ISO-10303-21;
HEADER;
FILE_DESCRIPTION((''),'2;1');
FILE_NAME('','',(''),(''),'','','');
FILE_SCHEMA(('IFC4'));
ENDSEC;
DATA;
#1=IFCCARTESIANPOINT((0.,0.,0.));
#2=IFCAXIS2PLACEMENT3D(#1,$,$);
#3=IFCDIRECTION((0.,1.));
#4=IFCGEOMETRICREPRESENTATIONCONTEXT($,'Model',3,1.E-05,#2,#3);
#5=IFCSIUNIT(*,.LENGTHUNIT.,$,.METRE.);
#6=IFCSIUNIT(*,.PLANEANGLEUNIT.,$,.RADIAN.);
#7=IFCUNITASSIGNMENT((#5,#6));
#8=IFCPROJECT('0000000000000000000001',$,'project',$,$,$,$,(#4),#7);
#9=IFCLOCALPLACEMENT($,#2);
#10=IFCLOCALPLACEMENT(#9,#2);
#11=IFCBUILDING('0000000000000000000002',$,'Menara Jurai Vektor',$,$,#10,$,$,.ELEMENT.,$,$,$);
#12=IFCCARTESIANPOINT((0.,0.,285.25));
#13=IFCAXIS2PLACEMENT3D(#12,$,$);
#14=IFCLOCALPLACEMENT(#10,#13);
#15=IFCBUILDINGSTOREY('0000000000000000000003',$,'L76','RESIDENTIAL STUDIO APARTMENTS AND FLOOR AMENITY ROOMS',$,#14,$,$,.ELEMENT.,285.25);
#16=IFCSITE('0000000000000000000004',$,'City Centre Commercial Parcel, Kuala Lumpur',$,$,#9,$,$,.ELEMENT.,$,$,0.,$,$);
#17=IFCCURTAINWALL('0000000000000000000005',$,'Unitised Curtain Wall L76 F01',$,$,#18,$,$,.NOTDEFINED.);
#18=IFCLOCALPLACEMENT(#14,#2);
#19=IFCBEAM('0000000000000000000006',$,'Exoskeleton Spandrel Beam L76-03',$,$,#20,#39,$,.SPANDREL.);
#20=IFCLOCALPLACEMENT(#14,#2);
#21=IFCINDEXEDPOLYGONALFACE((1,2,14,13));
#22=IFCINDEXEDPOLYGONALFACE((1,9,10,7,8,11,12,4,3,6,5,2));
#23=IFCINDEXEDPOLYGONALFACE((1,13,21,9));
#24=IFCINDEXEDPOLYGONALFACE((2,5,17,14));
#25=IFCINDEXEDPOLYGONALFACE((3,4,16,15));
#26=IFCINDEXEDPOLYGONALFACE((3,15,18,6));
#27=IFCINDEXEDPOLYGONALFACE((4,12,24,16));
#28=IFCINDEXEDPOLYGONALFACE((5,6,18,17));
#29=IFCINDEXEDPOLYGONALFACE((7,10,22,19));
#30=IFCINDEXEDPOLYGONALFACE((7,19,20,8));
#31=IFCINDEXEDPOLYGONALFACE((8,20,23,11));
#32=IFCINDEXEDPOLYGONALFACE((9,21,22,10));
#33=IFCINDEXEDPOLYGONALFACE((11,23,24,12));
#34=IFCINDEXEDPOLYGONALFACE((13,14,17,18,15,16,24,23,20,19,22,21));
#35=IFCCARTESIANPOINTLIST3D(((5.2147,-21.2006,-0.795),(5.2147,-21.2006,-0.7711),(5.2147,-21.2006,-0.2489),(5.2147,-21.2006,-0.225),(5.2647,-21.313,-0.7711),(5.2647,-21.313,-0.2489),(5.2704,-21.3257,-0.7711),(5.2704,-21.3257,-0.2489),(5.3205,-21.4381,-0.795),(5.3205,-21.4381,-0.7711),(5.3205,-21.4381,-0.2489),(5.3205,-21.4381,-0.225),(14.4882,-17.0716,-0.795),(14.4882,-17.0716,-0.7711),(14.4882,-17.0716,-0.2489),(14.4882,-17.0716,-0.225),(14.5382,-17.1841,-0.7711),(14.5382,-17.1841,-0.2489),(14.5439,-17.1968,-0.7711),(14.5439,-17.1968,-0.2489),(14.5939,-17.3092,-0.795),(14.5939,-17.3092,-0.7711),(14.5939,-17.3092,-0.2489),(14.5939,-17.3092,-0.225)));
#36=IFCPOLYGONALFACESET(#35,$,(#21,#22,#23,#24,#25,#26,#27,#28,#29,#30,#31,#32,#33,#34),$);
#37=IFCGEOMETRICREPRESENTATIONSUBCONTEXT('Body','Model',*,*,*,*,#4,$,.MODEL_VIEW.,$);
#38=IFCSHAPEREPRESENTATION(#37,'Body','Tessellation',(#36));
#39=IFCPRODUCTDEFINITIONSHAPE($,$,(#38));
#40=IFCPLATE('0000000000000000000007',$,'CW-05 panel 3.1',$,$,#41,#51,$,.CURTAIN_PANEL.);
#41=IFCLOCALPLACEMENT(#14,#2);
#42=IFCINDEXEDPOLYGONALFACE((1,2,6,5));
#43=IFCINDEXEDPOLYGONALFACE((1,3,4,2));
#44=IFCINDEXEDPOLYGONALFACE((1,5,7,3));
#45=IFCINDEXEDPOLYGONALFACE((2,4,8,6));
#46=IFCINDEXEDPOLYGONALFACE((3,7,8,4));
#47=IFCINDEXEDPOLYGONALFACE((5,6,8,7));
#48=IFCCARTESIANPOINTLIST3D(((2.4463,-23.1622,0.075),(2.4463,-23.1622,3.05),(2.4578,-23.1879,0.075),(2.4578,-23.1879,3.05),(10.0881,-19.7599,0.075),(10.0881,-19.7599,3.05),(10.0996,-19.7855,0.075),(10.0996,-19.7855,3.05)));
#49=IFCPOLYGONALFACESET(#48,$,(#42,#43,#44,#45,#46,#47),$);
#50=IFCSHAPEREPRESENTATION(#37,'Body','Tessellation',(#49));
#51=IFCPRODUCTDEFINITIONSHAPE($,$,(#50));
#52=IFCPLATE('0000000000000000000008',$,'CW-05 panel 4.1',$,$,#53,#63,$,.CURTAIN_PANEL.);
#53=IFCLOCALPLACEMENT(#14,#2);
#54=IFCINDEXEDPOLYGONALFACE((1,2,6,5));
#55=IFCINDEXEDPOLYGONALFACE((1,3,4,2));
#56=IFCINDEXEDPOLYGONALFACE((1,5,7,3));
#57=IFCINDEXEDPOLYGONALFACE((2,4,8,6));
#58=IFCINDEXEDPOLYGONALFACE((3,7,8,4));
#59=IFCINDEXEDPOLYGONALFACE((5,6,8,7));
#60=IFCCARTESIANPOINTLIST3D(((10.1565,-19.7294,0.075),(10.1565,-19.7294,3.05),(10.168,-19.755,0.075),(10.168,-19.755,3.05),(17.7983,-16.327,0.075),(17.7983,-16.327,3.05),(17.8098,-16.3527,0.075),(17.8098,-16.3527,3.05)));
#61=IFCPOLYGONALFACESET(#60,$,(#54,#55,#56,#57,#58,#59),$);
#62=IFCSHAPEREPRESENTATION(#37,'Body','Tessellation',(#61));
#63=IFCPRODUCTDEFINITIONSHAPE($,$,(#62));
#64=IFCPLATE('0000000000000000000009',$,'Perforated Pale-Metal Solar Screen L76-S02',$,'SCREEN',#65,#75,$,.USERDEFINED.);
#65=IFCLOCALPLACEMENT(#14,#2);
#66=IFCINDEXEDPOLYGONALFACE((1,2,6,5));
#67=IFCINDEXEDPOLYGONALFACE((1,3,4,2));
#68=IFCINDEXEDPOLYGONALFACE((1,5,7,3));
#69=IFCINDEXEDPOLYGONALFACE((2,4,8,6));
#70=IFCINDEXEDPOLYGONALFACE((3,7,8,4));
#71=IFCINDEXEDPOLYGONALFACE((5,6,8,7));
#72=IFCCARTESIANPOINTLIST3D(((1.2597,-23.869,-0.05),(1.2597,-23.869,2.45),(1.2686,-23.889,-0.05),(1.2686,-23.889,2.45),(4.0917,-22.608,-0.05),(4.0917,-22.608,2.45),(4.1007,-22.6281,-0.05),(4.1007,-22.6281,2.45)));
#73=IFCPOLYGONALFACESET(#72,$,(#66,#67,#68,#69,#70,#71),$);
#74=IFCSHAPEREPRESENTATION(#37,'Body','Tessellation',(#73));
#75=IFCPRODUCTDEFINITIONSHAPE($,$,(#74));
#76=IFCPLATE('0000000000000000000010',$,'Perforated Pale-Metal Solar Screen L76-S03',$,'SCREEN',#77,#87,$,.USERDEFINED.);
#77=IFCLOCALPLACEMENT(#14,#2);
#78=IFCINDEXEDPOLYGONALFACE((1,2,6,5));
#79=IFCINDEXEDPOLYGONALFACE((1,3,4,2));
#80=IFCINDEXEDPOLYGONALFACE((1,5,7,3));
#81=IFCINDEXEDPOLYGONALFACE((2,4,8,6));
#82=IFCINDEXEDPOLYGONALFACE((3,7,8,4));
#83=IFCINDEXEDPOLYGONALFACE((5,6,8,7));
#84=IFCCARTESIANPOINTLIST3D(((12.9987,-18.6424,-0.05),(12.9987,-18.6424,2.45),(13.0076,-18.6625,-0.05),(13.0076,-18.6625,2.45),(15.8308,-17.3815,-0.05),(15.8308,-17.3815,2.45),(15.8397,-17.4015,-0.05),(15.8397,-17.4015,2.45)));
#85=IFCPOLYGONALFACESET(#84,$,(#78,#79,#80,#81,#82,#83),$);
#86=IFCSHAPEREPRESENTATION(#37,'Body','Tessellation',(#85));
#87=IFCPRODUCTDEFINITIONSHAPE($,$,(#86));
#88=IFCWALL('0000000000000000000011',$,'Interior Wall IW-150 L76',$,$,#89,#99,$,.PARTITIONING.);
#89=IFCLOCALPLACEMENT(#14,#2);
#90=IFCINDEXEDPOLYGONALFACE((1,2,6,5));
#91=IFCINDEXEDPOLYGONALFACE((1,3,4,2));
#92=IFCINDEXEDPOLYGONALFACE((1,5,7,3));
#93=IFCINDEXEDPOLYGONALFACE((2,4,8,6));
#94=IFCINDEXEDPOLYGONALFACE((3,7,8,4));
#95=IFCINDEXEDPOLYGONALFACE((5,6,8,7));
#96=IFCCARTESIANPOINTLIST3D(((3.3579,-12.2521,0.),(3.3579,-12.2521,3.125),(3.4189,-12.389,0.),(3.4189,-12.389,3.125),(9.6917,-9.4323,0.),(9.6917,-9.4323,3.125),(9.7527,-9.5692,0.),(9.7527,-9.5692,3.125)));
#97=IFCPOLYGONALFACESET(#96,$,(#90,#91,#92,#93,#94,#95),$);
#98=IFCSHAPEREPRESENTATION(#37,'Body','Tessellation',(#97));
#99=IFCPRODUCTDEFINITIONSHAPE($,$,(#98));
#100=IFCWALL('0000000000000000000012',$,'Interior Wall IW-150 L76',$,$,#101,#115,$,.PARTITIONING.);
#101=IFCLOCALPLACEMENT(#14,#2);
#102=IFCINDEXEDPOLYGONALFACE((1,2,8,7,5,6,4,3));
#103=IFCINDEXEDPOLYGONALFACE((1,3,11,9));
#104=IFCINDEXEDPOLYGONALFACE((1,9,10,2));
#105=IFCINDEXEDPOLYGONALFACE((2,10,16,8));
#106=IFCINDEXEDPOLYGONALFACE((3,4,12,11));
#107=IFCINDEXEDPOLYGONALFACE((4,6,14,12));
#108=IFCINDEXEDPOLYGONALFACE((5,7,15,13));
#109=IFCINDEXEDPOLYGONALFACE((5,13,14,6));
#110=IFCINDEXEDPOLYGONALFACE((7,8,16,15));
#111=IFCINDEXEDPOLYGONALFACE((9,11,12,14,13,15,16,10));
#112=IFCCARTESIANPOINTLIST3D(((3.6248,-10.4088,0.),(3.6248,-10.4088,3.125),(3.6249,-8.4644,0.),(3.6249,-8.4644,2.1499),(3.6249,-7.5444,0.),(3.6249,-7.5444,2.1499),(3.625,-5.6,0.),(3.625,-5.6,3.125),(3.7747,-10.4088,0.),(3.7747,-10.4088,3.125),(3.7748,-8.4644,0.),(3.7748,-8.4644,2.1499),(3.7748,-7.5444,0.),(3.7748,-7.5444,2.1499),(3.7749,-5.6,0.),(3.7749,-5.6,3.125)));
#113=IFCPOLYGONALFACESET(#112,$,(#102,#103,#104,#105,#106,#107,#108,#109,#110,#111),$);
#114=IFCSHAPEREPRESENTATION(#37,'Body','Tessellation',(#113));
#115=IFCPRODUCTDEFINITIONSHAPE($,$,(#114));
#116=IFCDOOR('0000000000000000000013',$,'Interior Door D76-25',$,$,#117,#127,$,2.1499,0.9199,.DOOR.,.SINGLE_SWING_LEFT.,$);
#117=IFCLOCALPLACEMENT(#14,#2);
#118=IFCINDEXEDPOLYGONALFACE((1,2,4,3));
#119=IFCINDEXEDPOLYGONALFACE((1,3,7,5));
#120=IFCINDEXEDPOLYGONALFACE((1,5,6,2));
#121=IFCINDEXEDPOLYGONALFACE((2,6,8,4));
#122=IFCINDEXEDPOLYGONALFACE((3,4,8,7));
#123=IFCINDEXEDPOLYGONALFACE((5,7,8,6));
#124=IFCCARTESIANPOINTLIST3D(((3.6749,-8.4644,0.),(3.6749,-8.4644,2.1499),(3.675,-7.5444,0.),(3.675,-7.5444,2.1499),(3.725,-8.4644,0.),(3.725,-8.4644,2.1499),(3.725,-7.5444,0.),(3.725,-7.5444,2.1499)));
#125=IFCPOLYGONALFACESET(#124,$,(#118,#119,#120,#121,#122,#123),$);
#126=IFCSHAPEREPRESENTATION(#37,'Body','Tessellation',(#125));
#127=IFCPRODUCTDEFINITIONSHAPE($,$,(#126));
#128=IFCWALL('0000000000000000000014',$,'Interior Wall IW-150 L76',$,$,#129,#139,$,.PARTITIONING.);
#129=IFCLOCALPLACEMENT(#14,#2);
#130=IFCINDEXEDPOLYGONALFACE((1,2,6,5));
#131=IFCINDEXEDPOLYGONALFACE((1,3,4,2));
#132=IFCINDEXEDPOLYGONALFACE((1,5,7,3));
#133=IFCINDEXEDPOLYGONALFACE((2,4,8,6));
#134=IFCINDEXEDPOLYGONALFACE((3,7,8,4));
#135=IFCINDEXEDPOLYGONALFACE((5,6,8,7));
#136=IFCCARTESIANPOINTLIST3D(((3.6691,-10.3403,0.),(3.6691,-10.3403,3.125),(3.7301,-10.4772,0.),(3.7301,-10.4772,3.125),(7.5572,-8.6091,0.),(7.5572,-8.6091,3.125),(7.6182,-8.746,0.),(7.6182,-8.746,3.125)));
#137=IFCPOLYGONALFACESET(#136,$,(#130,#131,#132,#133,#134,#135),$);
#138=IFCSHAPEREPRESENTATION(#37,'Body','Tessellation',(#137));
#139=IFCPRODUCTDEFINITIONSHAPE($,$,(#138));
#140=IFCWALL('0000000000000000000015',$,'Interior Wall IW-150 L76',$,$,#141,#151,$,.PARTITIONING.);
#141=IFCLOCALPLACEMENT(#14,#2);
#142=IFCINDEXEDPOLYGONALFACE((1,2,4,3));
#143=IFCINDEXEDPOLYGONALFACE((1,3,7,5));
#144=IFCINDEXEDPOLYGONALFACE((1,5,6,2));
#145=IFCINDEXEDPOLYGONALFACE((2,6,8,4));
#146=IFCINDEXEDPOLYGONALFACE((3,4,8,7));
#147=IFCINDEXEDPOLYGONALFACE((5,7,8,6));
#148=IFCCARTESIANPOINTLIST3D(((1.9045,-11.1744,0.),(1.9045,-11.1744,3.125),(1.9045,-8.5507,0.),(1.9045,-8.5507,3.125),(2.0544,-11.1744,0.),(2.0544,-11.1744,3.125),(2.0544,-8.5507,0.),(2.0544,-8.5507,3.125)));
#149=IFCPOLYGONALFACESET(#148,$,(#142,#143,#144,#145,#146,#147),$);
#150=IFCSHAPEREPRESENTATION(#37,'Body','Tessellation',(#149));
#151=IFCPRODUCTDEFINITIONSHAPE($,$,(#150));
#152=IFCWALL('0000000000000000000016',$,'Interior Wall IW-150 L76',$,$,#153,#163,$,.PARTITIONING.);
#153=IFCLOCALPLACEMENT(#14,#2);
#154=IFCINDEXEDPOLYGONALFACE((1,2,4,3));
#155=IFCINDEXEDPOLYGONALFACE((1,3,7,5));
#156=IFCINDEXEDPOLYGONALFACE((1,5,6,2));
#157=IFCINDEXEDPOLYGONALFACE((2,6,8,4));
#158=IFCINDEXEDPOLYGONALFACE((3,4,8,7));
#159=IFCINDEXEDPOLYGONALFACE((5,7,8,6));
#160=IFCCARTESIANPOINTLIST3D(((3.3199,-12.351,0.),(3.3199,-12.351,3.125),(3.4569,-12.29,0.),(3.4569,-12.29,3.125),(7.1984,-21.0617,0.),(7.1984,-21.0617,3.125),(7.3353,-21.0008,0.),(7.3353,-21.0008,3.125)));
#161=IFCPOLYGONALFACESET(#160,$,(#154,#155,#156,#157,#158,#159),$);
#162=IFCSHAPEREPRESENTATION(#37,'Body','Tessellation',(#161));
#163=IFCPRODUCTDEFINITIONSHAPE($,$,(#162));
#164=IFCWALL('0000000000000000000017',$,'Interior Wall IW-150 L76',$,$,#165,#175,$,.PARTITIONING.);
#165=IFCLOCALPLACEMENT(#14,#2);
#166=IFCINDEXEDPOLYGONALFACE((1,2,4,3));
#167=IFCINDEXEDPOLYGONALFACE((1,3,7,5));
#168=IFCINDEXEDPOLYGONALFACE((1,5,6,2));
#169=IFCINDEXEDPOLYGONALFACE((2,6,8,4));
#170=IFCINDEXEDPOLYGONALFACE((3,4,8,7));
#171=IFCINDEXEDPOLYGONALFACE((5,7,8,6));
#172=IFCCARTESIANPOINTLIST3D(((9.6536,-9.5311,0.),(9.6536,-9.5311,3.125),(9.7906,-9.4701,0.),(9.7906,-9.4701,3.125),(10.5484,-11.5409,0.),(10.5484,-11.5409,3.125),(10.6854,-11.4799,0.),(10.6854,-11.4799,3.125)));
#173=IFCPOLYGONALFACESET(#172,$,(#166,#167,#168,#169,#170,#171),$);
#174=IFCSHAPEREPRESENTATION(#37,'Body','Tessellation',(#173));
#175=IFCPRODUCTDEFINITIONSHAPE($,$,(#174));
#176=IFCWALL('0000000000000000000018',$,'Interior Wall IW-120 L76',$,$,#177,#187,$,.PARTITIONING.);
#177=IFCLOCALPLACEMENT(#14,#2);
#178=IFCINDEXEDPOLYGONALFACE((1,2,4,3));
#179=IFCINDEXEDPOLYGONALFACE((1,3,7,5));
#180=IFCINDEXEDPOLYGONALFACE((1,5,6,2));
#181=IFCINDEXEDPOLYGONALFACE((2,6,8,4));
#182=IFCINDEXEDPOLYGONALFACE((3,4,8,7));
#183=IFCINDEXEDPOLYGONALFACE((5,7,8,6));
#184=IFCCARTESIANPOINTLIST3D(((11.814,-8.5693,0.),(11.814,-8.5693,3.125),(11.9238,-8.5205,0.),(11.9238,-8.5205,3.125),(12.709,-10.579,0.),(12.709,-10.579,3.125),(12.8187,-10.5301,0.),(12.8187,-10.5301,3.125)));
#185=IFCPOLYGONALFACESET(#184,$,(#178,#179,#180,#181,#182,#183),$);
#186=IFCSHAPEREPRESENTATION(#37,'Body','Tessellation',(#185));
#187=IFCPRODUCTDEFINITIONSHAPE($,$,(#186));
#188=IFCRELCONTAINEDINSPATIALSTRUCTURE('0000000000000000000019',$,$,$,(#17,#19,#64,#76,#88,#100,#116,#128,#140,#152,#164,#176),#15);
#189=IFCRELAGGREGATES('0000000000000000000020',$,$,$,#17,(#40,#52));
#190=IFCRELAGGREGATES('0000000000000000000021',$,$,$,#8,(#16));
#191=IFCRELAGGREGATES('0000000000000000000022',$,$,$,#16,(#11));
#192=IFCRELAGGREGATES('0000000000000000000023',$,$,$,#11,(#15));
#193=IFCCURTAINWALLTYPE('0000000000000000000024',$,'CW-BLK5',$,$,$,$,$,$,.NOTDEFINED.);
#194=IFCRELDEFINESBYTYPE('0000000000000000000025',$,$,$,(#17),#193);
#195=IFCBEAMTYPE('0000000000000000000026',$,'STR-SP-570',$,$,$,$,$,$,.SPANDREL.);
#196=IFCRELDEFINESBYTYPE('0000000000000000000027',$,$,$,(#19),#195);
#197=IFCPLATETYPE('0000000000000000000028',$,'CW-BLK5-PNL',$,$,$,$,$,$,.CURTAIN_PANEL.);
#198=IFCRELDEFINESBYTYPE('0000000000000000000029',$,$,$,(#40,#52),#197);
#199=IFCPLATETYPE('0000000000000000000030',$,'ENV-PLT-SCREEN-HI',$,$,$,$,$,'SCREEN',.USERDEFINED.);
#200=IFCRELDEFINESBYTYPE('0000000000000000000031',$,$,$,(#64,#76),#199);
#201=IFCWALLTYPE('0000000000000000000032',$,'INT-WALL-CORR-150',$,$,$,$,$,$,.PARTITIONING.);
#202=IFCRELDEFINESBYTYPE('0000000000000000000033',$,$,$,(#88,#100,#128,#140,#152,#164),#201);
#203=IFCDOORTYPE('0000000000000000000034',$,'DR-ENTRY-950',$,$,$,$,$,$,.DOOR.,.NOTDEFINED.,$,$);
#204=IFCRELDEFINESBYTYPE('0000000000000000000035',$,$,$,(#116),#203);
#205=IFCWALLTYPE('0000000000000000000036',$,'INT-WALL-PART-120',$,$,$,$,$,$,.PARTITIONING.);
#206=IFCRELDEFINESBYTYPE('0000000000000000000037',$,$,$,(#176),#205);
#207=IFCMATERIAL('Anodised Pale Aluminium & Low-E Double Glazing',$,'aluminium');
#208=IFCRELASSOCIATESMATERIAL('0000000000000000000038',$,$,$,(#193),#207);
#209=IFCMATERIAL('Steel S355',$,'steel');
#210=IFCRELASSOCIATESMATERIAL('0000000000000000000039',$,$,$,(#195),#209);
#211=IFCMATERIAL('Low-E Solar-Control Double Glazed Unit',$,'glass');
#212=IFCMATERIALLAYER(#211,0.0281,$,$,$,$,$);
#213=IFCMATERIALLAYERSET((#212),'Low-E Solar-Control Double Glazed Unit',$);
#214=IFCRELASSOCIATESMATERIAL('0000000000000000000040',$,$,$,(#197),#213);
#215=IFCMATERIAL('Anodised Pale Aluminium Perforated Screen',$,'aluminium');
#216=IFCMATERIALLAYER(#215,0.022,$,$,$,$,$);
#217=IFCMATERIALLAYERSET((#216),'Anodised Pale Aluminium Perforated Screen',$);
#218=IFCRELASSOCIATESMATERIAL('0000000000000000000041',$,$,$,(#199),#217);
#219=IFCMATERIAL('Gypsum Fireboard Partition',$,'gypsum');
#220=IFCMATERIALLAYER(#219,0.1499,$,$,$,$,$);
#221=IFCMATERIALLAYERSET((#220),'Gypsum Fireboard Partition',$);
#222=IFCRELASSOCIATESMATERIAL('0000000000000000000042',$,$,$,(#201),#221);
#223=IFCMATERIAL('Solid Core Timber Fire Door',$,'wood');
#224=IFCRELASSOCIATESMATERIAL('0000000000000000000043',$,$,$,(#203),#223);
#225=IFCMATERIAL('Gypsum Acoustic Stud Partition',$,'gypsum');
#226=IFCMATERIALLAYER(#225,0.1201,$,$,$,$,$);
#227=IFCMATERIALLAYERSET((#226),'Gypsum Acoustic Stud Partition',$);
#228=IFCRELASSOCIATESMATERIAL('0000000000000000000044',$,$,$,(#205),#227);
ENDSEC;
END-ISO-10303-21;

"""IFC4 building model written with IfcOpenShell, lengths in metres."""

from ifc_helpers import new_model, si_unit, direction, frame, frame_2d, origin, origin_2d, place, context, subcontext, project, spatial, rectangle, i_section, extrude, material, layer, layer_set, material_profile, profile_set, type_object, element, fill, aggregate, save


model = new_model("IFC4")

# Units and contexts
model_context = context("Model", 3, precision=1e-05, world=origin(), true_north=direction((0.0, 1.0)))
body_context = subcontext(model_context, "Body", "Model", "MODEL_VIEW")
ifc_project = project(units=[si_unit("LENGTHUNIT", "METRE"), si_unit("PLANEANGLEUNIT", "RADIAN")], contexts=[model_context])

# Site, building, storey
site_placement = place(None, origin())
site = spatial("IfcSite", under=ifc_project, at=site_placement, Name="City Centre Commercial Parcel, Kuala Lumpur", CompositionType="ELEMENT", RefElevation=0.0)
building_placement = place(site_placement, origin())
building = spatial("IfcBuilding", under=site, at=building_placement, Name="Menara Jurai Vektor", CompositionType="ELEMENT")
storey_placement = place(building_placement, frame((0.0, 0.0, 285.25)))
storey = spatial("IfcBuildingStorey", under=building, at=storey_placement, Name="L76", Description="RESIDENTIAL STUDIO APARTMENTS AND FLOOR AMENITY ROOMS", CompositionType="ELEMENT", Elevation=285.25)

# Curtain wall
ifc_material_1 = material(Name="Anodised Pale Aluminium & Low-E Double Glazing", Category="aluminium")
curtain_wall_type = type_object("IfcCurtainWallType", Name="CW-BLK5", PredefinedType="NOTDEFINED", material=ifc_material_1)
curtain_wall_placement = place(storey_placement, origin())
curtain_wall = element("IfcCurtainWall", 1, at=curtain_wall_placement, inside=storey, type_object=curtain_wall_type, Name="Unitised Curtain Wall L76 F01", PredefinedType="NOTDEFINED")

# Beam
ifc_material_2 = material(Name="Steel S355", Category="steel")
ifc_material_profile_1 = material_profile(ifc_material_2, i_section(OverallWidth=0.26, OverallDepth=0.5701, WebThickness=0.0139, FlangeThickness=0.0239, at=origin_2d()), Name="PG 570x260x145")
ifc_profile_set_1 = profile_set([ifc_material_profile_1], Name="Steel S355")
beam_type_1 = type_object("IfcBeamType", Name="STR-SP-570", PredefinedType="SPANDREL", material=ifc_profile_set_1)
beam_1_placement = place(storey_placement, frame((5.2676, -21.3193, -0.51), z_axis=(0.913542, 0.406745, 0.0), x_axis=(-0.406745, 0.913542, 0.0)))
element("IfcBeam", 2, at=beam_1_placement, inside=storey, type_object=beam_type_1, Name="Exoskeleton Spandrel Beam L76-03", PredefinedType="SPANDREL", context=body_context, shape_type="SweptSolid", body=[
    extrude(i_section(OverallWidth=0.26, OverallDepth=0.5701, WebThickness=0.0139, FlangeThickness=0.0239, at=origin_2d()), origin(), (0.0, 0.0, 1.0), 10.1511),
])

# Plates
ifc_material_3 = material(Name="Low-E Solar-Control Double Glazed Unit", Category="glass")
ifc_layer_1 = layer(ifc_material_3, 0.0281)
ifc_layer_set_1 = layer_set([ifc_layer_1], Name="Low-E Solar-Control Double Glazed Unit")
plate_type_1 = type_object("IfcPlateType", Name="CW-BLK5-PNL", PredefinedType="CURTAIN_PANEL", material=ifc_layer_set_1)
plate_1_placement = place(storey_placement, frame((6.2729, -21.4739, 0.075), z_axis=(0.0, 0.0, 1.0), x_axis=(0.913546, 0.406735, 0.0)))
plate_1 = element("IfcPlate", 3, at=plate_1_placement, type_object=plate_type_1, Name="CW-05 panel 3.1", PredefinedType="CURTAIN_PANEL", context=body_context, shape_type="SweptSolid", body=[
    extrude(rectangle(XDim=8.365, YDim=0.0281, at=origin_2d()), origin(), (0.0, 0.0, 1.0), 2.9751),
])
plate_2_placement = place(storey_placement, frame((13.9832, -18.041, 0.075), z_axis=(0.0, 0.0, 1.0), x_axis=(0.913546, 0.406735, 0.0)))
plate_2 = element("IfcPlate", 4, at=plate_2_placement, type_object=plate_type_1, Name="CW-05 panel 4.1", PredefinedType="CURTAIN_PANEL", context=body_context, shape_type="SweptSolid", body=[
    extrude(rectangle(XDim=8.365, YDim=0.0281, at=origin_2d()), origin(), (0.0, 0.0, 1.0), 2.9751),
])
aggregate(curtain_wall, [plate_1, plate_2])

# Plates
ifc_material_4 = material(Name="Anodised Pale Aluminium Perforated Screen", Category="aluminium")
ifc_layer_2 = layer(ifc_material_4, 0.022)
ifc_layer_set_2 = layer_set([ifc_layer_2], Name="Anodised Pale Aluminium Perforated Screen")
plate_type_2 = type_object("IfcPlateType", Name="ENV-PLT-SCREEN-HI", ElementType="SCREEN", PredefinedType="USERDEFINED", material=ifc_layer_set_2)
for number, where, z_axis, x_axis, name in (
    (5, (2.6802, -23.2485, -0.05), (0.0, 0.0, 1.0), (0.913545, 0.406737, 0.0), "Perforated Pale-Metal Solar Screen L76-S02"),
    (6, (14.4192, -18.022, -0.05), (0.0, 0.0, 1.0), (0.913545, 0.406737, 0.0), "Perforated Pale-Metal Solar Screen L76-S03"),
):
    element("IfcPlate", number, at=place(storey_placement, frame(where, z_axis=z_axis, x_axis=x_axis)), inside=storey, type_object=plate_type_2, Name=name, ObjectType="SCREEN", PredefinedType="USERDEFINED", context=body_context, shape_type="SweptSolid", body=[
        extrude(rectangle(XDim=3.1001, YDim=0.022, at=origin_2d()), origin(), (0.0, 0.0, 1.0), 2.5),
    ])

# Wall
ifc_material_5 = material(Name="Gypsum Fireboard Partition", Category="gypsum")
ifc_layer_3 = layer(ifc_material_5, 0.1499)
ifc_layer_set_3 = layer_set([ifc_layer_3], Name="Gypsum Fireboard Partition")
wall_type_1 = type_object("IfcWallType", Name="INT-WALL-CORR-150", PredefinedType="PARTITIONING", material=ifc_layer_set_3)
wall_1_placement = place(storey_placement, frame((3.3884, -12.3206, 0.0), z_axis=(0.0, 0.0, 1.0), x_axis=(0.913553, 0.40672, 0.0)))
element("IfcWall", 7, at=wall_1_placement, inside=storey, type_object=wall_type_1, Name="Interior Wall IW-150 L76", PredefinedType="PARTITIONING", context=body_context, shape_type="SweptSolid", body=[
    extrude(rectangle(XDim=6.9331, YDim=0.1499, at=frame_2d((3.4666, 0.0))), origin(), (0.0, 0.0, 1.0), 3.125),
])

# Wall, opening, door
wall_2_placement = place(storey_placement, frame((3.6997, -10.4087, 0.0), z_axis=(0.0, 0.0, 1.0), x_axis=(0.000051, 1.0, 0.0)))
wall_2 = element("IfcWall", 8, at=wall_2_placement, inside=storey, type_object=wall_type_1, Name="Interior Wall IW-150 L76", PredefinedType="PARTITIONING", context=body_context, shape_type="SweptSolid", body=[
    extrude(rectangle(XDim=4.8088, YDim=0.1499, at=frame_2d((2.4043, 0.0))), origin(), (0.0, 0.0, 1.0), 3.125),
])
opening_1_placement = place(wall_2_placement, frame((1.9443, 0.0, 0.0)))
opening_1 = element("IfcOpeningElement", 9, at=opening_1_placement, cuts=wall_2, PredefinedType="OPENING", context=body_context, shape_type="SweptSolid", body=[
    extrude(rectangle(XDim=0.9199, YDim=2.1499, at=frame_2d((0.46, 1.075))), frame((0.0, 0.085, 0.0), z_axis=(0.0, -1.0, 0.0), x_axis=(1.0, 0.0, 0.0)), (0.0, 0.0, 1.0), 0.1699),
])
ifc_material_6 = material(Name="Solid Core Timber Fire Door", Category="wood")
door_type_1 = type_object("IfcDoorType", Name="DR-ENTRY-950", OperationType="NOTDEFINED", PredefinedType="DOOR", material=ifc_material_6)
door_1_placement = place(opening_1_placement, origin())
door_1 = element("IfcDoor", 10, at=door_1_placement, inside=storey, type_object=door_type_1, Name="Interior Door D76-25", OperationType="SINGLE_SWING_LEFT", OverallHeight=2.1499, OverallWidth=0.9199, PredefinedType="DOOR", context=body_context, shape_type="SweptSolid", body=[
    extrude(rectangle(XDim=0.9199, YDim=2.1499, at=frame_2d((0.46, 1.075))), frame((0.0, 0.0249, 0.0), z_axis=(0.0, -1.0, 0.0), x_axis=(1.0, 0.0, 0.0)), (0.0, 0.0, 1.0), 0.05),
])
fill(opening_1, door_1)

# Walls
wall_3_placement = place(storey_placement, frame((3.6997, -10.4087, 0.0), z_axis=(0.0, 0.0, 1.0), x_axis=(0.913539, 0.40675, 0.0)))
element("IfcWall", 11, at=wall_3_placement, inside=storey, type_object=wall_type_1, Name="Interior Wall IW-150 L76", PredefinedType="PARTITIONING", context=body_context, shape_type="SweptSolid", body=[
    extrude(rectangle(XDim=4.2561, YDim=0.1499, at=frame_2d((2.1279, 0.0))), origin(), (0.0, 0.0, 1.0), 3.125),
])
wall_4_placement = place(storey_placement, frame((1.9795, -11.1746, 0.0), z_axis=(0.0, 0.0, 1.0), x_axis=(0.0, 1.0, 0.0)))
element("IfcWall", 12, at=wall_4_placement, inside=storey, type_object=wall_type_1, Name="Interior Wall IW-150 L76", PredefinedType="PARTITIONING", context=body_context, shape_type="SweptSolid", body=[
    extrude(rectangle(XDim=2.6238, YDim=0.1499, at=frame_2d((1.312, 0.0))), origin(), (0.0, 0.0, 1.0), 3.125),
])
wall_5_placement = place(storey_placement, frame((7.2668, -21.0312, 0.0), z_axis=(0.0, 0.0, 1.0), x_axis=(-0.406751, 0.913539, 0.0)))
element("IfcWall", 13, at=wall_5_placement, inside=storey, type_object=wall_type_1, Name="Interior Wall IW-150 L76", PredefinedType="PARTITIONING", context=body_context, shape_type="SweptSolid", body=[
    extrude(rectangle(XDim=9.5352, YDim=0.1499, at=frame_2d((4.7676, 0.0))), origin(), (0.0, 0.0, 1.0), 3.125),
])
wall_6_placement = place(storey_placement, frame((10.6169, -11.5105, 0.0), z_axis=(0.0, 0.0, 1.0), x_axis=(-0.406725, 0.913551, 0.0)))
element("IfcWall", 14, at=wall_6_placement, inside=storey, type_object=wall_type_1, Name="Interior Wall IW-150 L76", PredefinedType="PARTITIONING", context=body_context, shape_type="SweptSolid", body=[
    extrude(rectangle(XDim=2.2, YDim=0.1499, at=frame_2d((1.1001, 0.0))), origin(), (0.0, 0.0, 1.0), 3.125),
])

# Wall
ifc_material_7 = material(Name="Gypsum Acoustic Stud Partition", Category="gypsum")
ifc_layer_4 = layer(ifc_material_7, 0.1201)
ifc_layer_set_4 = layer_set([ifc_layer_4], Name="Gypsum Acoustic Stud Partition")
wall_type_2 = type_object("IfcWallType", Name="INT-WALL-PART-120", PredefinedType="PARTITIONING", material=ifc_layer_set_4)
wall_7_placement = place(storey_placement, frame((12.7639, -10.5547, 0.0), z_axis=(0.0, 0.0, 1.0), x_axis=(-0.406818, 0.913509, 0.0)))
element("IfcWall", 15, at=wall_7_placement, inside=storey, type_object=wall_type_2, Name="Interior Wall IW-120 L76", PredefinedType="PARTITIONING", context=body_context, shape_type="SweptSolid", body=[
    extrude(rectangle(XDim=2.2, YDim=0.1201, at=frame_2d((1.1001, 0.0))), origin(), (0.0, 0.0, 1.0), 3.125),
])

save(model, "model.ifc")
